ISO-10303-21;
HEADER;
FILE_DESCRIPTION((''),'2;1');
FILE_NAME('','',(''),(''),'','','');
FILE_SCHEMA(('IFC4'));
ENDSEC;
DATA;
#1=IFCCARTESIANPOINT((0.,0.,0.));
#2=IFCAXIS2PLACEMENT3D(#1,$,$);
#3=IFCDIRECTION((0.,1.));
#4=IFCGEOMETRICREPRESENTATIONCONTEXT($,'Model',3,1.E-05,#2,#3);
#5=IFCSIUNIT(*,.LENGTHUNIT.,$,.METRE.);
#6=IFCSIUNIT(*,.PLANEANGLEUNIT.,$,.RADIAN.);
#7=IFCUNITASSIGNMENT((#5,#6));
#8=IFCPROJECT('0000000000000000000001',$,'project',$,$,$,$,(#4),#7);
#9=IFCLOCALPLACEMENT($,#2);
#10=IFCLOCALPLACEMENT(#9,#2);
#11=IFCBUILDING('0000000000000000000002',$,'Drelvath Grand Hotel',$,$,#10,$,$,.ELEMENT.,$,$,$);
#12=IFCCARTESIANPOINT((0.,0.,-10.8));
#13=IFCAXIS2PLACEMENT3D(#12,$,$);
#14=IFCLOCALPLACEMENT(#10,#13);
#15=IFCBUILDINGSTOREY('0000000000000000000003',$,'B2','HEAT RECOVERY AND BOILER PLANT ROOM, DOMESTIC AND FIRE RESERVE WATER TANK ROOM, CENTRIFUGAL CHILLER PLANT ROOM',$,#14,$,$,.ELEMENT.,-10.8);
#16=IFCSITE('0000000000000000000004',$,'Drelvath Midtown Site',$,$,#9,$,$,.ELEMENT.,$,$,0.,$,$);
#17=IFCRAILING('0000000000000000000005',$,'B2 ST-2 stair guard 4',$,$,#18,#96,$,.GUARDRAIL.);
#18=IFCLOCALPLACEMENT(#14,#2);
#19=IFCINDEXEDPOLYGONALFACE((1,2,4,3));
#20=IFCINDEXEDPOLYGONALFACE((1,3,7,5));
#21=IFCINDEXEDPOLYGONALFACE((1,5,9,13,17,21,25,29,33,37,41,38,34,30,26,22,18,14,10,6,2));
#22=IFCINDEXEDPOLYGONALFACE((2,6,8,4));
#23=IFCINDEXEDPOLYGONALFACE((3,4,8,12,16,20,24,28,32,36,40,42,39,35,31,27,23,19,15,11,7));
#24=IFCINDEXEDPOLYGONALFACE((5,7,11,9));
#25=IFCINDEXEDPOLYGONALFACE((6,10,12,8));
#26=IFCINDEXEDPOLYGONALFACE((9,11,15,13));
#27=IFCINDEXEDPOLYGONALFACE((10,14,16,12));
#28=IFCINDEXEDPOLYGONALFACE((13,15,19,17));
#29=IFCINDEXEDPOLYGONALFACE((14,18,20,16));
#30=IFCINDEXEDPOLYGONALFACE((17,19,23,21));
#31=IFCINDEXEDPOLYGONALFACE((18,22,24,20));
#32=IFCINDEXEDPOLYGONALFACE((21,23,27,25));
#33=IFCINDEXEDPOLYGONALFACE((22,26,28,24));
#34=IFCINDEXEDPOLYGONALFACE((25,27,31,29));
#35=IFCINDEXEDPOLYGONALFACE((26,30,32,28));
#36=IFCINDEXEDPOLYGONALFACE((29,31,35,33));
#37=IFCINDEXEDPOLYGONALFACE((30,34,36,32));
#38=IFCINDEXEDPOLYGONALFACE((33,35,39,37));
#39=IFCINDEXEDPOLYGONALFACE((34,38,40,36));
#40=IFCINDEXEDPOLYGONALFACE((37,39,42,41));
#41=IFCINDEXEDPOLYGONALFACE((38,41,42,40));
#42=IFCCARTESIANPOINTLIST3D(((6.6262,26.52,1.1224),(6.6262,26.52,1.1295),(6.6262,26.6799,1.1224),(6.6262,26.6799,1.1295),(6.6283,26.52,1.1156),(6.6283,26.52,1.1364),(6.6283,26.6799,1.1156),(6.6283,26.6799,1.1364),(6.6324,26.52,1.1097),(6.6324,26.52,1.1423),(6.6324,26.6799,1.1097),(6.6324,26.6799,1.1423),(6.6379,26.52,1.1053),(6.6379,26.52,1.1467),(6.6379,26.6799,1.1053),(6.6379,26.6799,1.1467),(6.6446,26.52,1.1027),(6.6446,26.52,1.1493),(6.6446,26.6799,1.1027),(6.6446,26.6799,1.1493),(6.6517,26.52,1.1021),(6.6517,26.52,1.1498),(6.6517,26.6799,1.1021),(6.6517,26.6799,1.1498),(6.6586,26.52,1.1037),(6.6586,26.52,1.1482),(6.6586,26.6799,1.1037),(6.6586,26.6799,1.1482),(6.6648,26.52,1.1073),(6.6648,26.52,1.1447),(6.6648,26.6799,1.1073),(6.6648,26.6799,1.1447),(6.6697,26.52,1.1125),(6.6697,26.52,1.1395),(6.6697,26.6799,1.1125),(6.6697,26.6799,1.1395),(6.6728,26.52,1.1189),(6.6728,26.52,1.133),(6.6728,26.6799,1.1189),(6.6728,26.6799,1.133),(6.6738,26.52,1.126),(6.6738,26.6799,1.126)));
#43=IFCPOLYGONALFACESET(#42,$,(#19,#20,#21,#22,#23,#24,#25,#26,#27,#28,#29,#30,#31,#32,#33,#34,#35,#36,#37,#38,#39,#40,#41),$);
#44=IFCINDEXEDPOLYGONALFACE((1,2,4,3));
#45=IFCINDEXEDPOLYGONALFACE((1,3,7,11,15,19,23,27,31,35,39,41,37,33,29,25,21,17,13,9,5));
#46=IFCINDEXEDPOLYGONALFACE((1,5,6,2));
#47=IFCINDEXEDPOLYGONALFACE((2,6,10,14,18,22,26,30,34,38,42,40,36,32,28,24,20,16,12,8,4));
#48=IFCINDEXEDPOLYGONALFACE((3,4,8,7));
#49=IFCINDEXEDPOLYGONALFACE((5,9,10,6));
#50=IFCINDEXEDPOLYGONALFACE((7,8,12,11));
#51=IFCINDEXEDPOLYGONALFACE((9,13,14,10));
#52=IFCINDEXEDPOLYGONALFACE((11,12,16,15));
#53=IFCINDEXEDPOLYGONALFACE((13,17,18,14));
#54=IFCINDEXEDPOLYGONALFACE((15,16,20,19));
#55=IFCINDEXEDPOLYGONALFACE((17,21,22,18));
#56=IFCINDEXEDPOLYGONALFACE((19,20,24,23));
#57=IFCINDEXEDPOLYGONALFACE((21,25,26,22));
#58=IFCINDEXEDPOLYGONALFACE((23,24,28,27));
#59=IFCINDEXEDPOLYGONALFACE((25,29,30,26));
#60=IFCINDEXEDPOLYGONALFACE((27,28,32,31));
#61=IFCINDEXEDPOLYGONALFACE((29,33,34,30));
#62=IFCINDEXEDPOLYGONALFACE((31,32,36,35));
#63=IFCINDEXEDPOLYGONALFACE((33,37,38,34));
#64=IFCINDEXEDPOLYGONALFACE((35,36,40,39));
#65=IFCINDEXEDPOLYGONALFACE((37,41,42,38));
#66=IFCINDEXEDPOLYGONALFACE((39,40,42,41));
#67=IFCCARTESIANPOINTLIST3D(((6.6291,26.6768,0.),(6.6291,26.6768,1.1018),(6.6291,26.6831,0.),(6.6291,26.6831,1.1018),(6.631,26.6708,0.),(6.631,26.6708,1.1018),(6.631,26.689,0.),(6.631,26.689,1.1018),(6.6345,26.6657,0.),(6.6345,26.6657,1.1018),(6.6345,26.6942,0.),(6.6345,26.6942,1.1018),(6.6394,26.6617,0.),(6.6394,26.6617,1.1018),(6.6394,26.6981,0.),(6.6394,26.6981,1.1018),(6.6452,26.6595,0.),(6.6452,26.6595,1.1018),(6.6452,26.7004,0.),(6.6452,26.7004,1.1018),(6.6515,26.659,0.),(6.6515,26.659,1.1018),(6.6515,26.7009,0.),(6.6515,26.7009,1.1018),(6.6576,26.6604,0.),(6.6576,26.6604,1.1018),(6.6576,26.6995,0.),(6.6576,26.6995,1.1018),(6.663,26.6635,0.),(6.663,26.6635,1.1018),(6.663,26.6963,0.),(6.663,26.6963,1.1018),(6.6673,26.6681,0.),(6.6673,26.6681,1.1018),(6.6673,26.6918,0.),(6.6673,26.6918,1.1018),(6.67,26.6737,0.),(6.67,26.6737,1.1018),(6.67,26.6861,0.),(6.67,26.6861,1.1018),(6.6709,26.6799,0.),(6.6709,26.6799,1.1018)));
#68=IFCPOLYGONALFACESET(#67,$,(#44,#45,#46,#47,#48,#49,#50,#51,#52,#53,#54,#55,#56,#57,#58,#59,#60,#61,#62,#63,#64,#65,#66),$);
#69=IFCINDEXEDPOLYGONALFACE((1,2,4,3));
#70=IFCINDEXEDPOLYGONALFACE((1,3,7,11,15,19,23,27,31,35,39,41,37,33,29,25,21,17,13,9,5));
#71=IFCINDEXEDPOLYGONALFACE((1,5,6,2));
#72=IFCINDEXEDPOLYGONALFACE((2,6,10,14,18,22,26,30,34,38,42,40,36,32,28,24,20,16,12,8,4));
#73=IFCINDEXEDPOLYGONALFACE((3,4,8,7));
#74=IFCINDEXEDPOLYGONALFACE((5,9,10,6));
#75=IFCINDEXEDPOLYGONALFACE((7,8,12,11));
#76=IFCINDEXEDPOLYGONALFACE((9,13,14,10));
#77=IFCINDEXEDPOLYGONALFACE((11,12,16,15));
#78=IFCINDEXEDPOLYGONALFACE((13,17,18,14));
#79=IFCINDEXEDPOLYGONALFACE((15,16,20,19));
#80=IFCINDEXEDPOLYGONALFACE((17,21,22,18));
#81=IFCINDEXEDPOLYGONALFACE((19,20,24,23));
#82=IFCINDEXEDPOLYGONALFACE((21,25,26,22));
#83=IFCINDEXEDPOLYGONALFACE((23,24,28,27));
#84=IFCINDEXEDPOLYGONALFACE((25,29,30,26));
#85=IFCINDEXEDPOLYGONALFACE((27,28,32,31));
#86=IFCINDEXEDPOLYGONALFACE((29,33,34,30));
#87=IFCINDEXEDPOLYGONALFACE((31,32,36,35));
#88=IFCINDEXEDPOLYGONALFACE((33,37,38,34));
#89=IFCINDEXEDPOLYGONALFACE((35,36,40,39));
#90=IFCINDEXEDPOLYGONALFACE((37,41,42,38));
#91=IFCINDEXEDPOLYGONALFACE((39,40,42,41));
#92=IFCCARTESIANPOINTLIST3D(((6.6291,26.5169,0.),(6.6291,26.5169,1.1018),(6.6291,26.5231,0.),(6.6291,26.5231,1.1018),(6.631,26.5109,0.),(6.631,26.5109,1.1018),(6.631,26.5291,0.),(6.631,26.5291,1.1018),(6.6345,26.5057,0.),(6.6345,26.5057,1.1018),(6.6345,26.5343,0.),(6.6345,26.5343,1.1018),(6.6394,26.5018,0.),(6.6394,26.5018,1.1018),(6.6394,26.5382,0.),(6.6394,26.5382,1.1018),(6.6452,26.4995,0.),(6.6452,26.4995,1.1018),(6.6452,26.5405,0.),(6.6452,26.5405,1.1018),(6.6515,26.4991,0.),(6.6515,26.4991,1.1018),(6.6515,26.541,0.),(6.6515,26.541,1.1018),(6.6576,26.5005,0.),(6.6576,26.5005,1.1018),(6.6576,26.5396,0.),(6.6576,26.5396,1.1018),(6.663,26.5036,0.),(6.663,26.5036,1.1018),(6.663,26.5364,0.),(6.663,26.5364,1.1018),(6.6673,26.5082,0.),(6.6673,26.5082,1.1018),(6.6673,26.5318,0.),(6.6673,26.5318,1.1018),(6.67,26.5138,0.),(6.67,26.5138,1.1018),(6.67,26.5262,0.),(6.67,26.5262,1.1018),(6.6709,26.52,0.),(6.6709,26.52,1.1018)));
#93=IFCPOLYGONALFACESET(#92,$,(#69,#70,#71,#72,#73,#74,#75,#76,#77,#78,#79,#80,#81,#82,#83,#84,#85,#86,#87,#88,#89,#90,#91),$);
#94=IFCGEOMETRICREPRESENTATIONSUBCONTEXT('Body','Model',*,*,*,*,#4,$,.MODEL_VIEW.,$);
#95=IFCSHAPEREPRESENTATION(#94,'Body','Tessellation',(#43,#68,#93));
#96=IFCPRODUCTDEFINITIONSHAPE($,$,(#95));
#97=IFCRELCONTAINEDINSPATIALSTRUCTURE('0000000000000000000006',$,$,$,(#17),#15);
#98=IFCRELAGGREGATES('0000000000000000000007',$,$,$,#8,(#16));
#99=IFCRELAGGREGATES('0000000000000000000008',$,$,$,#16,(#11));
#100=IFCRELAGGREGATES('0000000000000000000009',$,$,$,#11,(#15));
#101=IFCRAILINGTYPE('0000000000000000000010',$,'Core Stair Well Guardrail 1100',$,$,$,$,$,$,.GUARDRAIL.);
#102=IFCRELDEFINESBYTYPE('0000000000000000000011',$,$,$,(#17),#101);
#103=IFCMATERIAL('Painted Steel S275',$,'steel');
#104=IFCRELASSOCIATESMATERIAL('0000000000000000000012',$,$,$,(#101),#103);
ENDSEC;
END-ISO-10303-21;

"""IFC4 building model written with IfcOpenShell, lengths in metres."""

from ifc_helpers import new_model, si_unit, direction, frame, origin, origin_2d, place, context, subcontext, project, spatial, circle, extrude, material, type_object, element, save


model = new_model("IFC4")

# Units and contexts
model_context = context("Model", 3, precision=1e-05, world=origin(), true_north=direction((0.0, 1.0)))
body_context = subcontext(model_context, "Body", "Model", "MODEL_VIEW")
ifc_project = project(units=[si_unit("LENGTHUNIT", "METRE"), si_unit("PLANEANGLEUNIT", "RADIAN")], contexts=[model_context])

# Site, building, storey
site_placement = place(None, origin())
site = spatial("IfcSite", under=ifc_project, at=site_placement, Name="Drelvath Midtown Site", CompositionType="ELEMENT", RefElevation=0.0)
building_placement = place(site_placement, origin())
building = spatial("IfcBuilding", under=site, at=building_placement, Name="Drelvath Grand Hotel", CompositionType="ELEMENT")
storey_placement = place(building_placement, frame((0.0, 0.0, -10.8)))
storey = spatial("IfcBuildingStorey", under=building, at=storey_placement, Name="B2", Description="HEAT RECOVERY AND BOILER PLANT ROOM, DOMESTIC AND FIRE RESERVE WATER TANK ROOM, CENTRIFUGAL CHILLER PLANT ROOM", CompositionType="ELEMENT", Elevation=-10.8)

# Shared definitions
ifc_material_1 = material(Name="Painted Steel S275", Category="steel")

# Railing
railing_type_1 = type_object("IfcRailingType", Name="Core Stair Well Guardrail 1100", PredefinedType="GUARDRAIL", material=ifc_material_1)
railing_1_placement = place(storey_placement, frame((6.6499, 26.6799, 0.0)))
element("IfcRailing", 1, at=railing_1_placement, inside=storey, type_object=railing_type_1, Name="B2 ST-2 stair guard 4", PredefinedType="GUARDRAIL", context=body_context, shape_type="SweptSolid", body=[
    extrude(circle(Radius=0.0239, at=origin_2d()), frame((0.0, 0.0, 1.126), z_axis=(0.0, -1.0, 0.0), x_axis=(1.0, 0.0, 0.0)), (0.0, 0.0, 1.0), 0.1599),
    extrude(circle(Radius=0.021, at=origin_2d()), origin(), (0.0, 0.0, 1.0), 1.1018),
    extrude(circle(Radius=0.021, at=origin_2d()), frame((0.0, -0.1599, 0.0)), (0.0, 0.0, 1.0), 1.1018),
])

save(model, "model.ifc")
